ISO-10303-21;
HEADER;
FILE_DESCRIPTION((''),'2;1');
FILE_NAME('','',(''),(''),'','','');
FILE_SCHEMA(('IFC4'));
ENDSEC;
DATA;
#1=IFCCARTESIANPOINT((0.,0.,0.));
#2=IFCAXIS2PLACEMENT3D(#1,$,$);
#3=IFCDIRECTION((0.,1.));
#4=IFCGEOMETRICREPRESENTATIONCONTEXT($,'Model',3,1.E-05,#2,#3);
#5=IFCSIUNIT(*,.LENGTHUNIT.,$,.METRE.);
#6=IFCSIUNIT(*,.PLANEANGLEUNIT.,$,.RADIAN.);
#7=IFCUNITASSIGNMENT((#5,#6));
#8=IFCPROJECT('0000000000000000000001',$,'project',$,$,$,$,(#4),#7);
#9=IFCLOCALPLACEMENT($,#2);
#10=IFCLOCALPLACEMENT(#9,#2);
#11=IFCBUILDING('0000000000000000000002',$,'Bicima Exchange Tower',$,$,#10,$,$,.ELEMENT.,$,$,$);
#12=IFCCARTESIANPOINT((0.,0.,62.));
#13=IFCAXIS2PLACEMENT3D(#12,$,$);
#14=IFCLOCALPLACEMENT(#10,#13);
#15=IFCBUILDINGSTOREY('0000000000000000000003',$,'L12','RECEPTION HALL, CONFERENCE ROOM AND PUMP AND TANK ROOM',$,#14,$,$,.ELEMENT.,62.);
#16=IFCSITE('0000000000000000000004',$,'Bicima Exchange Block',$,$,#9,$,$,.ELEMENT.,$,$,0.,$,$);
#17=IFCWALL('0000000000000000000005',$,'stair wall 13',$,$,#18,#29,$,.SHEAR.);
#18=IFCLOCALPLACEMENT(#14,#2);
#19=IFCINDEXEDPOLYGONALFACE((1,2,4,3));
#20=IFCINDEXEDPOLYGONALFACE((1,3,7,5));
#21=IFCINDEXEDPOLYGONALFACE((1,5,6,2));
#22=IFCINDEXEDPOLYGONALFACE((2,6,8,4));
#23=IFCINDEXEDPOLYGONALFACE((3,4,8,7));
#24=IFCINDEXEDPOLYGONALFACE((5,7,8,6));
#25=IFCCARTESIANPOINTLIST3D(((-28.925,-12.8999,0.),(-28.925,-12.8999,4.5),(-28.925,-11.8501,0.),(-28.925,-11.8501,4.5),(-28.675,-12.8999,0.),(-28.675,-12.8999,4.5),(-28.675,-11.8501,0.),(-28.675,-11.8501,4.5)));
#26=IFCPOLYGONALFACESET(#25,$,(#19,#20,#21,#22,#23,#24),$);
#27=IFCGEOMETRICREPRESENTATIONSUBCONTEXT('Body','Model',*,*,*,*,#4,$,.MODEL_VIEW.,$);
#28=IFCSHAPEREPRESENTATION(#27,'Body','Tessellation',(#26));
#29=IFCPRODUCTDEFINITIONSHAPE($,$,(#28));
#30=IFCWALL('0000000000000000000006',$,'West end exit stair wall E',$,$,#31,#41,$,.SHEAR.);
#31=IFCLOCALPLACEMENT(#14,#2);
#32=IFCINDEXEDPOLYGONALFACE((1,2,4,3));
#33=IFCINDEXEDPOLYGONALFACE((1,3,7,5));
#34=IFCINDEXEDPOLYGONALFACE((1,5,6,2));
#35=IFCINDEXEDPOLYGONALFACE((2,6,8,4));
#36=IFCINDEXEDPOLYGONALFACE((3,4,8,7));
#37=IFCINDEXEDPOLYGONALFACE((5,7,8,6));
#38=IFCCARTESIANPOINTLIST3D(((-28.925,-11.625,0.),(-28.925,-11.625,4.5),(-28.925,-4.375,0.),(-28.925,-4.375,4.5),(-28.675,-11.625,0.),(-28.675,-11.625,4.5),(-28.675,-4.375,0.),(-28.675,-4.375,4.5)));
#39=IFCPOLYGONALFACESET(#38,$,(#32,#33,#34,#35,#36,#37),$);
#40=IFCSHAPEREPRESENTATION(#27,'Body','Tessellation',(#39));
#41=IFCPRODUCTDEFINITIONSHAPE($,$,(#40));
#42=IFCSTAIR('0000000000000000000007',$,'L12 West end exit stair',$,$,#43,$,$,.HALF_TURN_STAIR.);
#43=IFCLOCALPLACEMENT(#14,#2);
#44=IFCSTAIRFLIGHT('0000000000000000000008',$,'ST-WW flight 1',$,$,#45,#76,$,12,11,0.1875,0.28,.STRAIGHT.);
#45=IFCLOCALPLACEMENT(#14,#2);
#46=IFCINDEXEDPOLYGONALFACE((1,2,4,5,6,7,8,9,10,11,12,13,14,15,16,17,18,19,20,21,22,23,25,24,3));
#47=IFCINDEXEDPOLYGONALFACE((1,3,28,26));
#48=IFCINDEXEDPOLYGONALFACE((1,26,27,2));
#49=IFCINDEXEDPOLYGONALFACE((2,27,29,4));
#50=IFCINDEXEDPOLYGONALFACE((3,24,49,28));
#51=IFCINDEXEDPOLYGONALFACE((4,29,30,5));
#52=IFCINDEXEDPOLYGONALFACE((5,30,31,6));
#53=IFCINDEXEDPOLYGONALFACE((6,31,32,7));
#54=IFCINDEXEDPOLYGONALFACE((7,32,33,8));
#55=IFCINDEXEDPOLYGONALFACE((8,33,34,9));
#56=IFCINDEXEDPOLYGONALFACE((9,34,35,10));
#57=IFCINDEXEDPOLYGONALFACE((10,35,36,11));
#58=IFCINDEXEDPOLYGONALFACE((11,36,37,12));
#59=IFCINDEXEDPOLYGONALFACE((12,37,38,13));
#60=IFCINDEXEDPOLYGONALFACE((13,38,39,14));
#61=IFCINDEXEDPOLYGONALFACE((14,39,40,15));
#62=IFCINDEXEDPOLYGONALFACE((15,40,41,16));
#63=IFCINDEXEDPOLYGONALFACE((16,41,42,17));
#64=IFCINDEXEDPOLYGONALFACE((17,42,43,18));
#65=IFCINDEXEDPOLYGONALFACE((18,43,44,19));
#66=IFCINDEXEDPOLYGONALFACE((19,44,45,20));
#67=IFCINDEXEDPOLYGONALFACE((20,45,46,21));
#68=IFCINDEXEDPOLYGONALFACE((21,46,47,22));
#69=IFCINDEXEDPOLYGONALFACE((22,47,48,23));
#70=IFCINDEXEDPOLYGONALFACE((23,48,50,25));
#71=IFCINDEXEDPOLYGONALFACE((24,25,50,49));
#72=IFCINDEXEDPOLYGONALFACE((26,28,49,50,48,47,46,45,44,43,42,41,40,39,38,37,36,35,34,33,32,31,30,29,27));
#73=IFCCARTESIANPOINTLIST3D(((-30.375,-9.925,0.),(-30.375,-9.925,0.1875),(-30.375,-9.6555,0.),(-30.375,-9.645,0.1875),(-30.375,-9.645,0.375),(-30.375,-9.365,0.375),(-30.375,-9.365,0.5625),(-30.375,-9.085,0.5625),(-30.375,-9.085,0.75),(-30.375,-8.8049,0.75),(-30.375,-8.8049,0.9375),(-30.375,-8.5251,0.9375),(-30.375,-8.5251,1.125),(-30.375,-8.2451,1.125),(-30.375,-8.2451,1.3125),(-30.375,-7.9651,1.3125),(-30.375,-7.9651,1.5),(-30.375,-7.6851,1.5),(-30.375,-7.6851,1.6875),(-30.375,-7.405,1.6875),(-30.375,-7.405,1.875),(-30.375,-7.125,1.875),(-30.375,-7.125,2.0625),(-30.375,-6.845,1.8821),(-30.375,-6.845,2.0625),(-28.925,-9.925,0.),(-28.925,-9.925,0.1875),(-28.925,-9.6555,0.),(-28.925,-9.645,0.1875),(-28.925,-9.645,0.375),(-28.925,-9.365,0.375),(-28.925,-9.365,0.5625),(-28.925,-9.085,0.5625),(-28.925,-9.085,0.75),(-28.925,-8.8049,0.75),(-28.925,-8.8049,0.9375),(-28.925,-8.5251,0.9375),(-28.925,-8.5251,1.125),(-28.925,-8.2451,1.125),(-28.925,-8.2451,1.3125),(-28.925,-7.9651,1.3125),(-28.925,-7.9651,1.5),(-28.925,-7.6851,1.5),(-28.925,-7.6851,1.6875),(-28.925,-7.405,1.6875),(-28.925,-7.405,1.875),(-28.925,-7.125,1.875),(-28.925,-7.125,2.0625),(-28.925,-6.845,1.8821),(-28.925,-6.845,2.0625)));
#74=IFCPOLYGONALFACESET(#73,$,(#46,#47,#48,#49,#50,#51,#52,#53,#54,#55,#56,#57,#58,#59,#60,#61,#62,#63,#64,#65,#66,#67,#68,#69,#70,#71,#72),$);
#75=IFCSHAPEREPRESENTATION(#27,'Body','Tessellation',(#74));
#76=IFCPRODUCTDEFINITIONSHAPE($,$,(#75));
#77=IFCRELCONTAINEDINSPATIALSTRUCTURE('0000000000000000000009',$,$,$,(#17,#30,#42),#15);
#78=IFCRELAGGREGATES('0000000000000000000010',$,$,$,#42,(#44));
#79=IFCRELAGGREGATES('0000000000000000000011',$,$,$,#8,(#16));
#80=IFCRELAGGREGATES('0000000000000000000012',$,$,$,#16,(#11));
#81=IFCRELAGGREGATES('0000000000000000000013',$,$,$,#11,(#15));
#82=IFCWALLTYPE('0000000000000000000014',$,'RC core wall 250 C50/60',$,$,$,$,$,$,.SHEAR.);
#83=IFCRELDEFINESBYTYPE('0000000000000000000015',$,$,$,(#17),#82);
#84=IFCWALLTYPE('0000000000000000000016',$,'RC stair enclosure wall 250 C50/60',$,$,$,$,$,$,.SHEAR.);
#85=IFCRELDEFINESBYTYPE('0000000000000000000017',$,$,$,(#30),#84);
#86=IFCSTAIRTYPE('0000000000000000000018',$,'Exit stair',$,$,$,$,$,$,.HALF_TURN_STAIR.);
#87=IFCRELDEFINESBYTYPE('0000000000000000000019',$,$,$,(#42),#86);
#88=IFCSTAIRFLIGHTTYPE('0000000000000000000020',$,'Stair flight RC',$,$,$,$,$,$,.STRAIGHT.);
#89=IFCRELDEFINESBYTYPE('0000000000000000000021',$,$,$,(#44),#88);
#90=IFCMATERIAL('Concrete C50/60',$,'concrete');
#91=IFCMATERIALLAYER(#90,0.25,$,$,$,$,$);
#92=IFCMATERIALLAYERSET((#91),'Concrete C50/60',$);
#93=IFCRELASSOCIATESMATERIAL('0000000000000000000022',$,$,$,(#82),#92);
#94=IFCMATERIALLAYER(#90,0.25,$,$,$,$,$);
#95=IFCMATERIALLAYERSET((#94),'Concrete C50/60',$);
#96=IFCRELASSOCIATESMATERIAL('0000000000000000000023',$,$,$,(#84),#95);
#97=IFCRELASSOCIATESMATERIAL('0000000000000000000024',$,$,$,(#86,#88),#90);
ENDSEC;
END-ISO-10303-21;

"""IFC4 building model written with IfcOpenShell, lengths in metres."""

from ifc_helpers import new_model, si_unit, direction, frame, frame_2d, origin, place, context, subcontext, project, spatial, polyline, rectangle, outline, extrude, material, layer, layer_set, type_object, element, aggregate, save


model = new_model("IFC4")

# Units and contexts
model_context = context("Model", 3, precision=1e-05, world=origin(), true_north=direction((0.0, 1.0)))
body_context = subcontext(model_context, "Body", "Model", "MODEL_VIEW")
ifc_project = project(units=[si_unit("LENGTHUNIT", "METRE"), si_unit("PLANEANGLEUNIT", "RADIAN")], contexts=[model_context])

# Site, building, storey
site_placement = place(None, origin())
site = spatial("IfcSite", under=ifc_project, at=site_placement, Name="Bicima Exchange Block", CompositionType="ELEMENT", RefElevation=0.0)
building_placement = place(site_placement, origin())
building = spatial("IfcBuilding", under=site, at=building_placement, Name="Bicima Exchange Tower", CompositionType="ELEMENT")
storey_placement = place(building_placement, frame((0.0, 0.0, 62.0)))
storey = spatial("IfcBuildingStorey", under=building, at=storey_placement, Name="L12", Description="RECEPTION HALL, CONFERENCE ROOM AND PUMP AND TANK ROOM", CompositionType="ELEMENT", Elevation=62.0)

# Walls
ifc_material_1 = material(Name="Concrete C50/60", Category="concrete")
ifc_layer_1 = layer(ifc_material_1, 0.25)
ifc_layer_set_1 = layer_set([ifc_layer_1], Name="Concrete C50/60")
wall_type_1 = type_object("IfcWallType", Name="RC core wall 250 C50/60", PredefinedType="SHEAR", material=ifc_layer_set_1)
wall_1_placement = place(storey_placement, frame((-28.8, -12.8999, 0.0), z_axis=(0.0, 0.0, 1.0), x_axis=(0.0, 1.0, 0.0)))
element("IfcWall", 1, at=wall_1_placement, inside=storey, type_object=wall_type_1, Name="stair wall 13", PredefinedType="SHEAR", context=body_context, shape_type="SweptSolid", body=[
    extrude(rectangle(XDim=1.0498, YDim=0.25, at=frame_2d((0.5249, 0.0))), origin(), (0.0, 0.0, 1.0), 4.5),
])
ifc_layer_2 = layer(ifc_material_1, 0.25)
ifc_layer_set_2 = layer_set([ifc_layer_2], Name="Concrete C50/60")
wall_type_2 = type_object("IfcWallType", Name="RC stair enclosure wall 250 C50/60", PredefinedType="SHEAR", material=ifc_layer_set_2)
wall_2_placement = place(storey_placement, frame((-28.8, -11.625, 0.0), z_axis=(0.0, 0.0, 1.0), x_axis=(0.0, 1.0, 0.0)))
element("IfcWall", 2, at=wall_2_placement, inside=storey, type_object=wall_type_2, Name="West end exit stair wall E", PredefinedType="SHEAR", context=body_context, shape_type="SweptSolid", body=[
    extrude(rectangle(XDim=7.25, YDim=0.25, at=frame_2d((3.625, 0.0))), origin(), (0.0, 0.0, 1.0), 4.5),
])

# Stair, stair flight
stair_type = type_object("IfcStairType", Name="Exit stair", PredefinedType="HALF_TURN_STAIR", material=ifc_material_1)
stair_placement = place(storey_placement, origin())
stair = element("IfcStair", 3, at=stair_placement, inside=storey, type_object=stair_type, Name="L12 West end exit stair", PredefinedType="HALF_TURN_STAIR")
stair_flight_type = type_object("IfcStairFlightType", Name="Stair flight RC", PredefinedType="STRAIGHT", material=ifc_material_1)
stair_flight_placement = place(storey_placement, frame((-29.6499, -9.925, 0.0), z_axis=(0.0, 0.0, 1.0), x_axis=(0.0, 1.0, 0.0)))
stair_flight = element("IfcStairFlight", 4, at=stair_flight_placement, type_object=stair_flight_type, Name="ST-WW flight 1", NumberOfRisers=12, NumberOfTreads=11, PredefinedType="STRAIGHT", RiserHeight=0.1875, TreadLength=0.28, context=body_context, shape_type="SweptSolid", body=[
    extrude(outline(polyline([(0.0, 0.0), (0.0, 0.1875), (0.28, 0.1875), (0.28, 0.375), (0.5601, 0.375), (0.5601, 0.5625), (0.8401, 0.5625), (0.8401, 0.75), (1.1201, 0.75), (1.1201, 0.9375), (1.3999, 0.9375), (1.3999, 1.125), (1.6799, 1.125), (1.6799, 1.3125), (1.96, 1.3125), (1.96, 1.5), (2.24, 1.5), (2.24, 1.6875), (2.52, 1.6875), (2.52, 1.875), (2.8, 1.875), (2.8, 2.0625), (3.0801, 2.0625), (3.0801, 2.25), (3.0801, 1.8821), (0.2695, 0.0), (0.0, 0.0)])), frame((0.0, 0.7251, 0.0), z_axis=(0.0, -1.0, 0.0), x_axis=(1.0, 0.0, 0.0)), (0.0, 0.0, 1.0), 1.45),
])
aggregate(stair, [stair_flight])

save(model, "model.ifc")
